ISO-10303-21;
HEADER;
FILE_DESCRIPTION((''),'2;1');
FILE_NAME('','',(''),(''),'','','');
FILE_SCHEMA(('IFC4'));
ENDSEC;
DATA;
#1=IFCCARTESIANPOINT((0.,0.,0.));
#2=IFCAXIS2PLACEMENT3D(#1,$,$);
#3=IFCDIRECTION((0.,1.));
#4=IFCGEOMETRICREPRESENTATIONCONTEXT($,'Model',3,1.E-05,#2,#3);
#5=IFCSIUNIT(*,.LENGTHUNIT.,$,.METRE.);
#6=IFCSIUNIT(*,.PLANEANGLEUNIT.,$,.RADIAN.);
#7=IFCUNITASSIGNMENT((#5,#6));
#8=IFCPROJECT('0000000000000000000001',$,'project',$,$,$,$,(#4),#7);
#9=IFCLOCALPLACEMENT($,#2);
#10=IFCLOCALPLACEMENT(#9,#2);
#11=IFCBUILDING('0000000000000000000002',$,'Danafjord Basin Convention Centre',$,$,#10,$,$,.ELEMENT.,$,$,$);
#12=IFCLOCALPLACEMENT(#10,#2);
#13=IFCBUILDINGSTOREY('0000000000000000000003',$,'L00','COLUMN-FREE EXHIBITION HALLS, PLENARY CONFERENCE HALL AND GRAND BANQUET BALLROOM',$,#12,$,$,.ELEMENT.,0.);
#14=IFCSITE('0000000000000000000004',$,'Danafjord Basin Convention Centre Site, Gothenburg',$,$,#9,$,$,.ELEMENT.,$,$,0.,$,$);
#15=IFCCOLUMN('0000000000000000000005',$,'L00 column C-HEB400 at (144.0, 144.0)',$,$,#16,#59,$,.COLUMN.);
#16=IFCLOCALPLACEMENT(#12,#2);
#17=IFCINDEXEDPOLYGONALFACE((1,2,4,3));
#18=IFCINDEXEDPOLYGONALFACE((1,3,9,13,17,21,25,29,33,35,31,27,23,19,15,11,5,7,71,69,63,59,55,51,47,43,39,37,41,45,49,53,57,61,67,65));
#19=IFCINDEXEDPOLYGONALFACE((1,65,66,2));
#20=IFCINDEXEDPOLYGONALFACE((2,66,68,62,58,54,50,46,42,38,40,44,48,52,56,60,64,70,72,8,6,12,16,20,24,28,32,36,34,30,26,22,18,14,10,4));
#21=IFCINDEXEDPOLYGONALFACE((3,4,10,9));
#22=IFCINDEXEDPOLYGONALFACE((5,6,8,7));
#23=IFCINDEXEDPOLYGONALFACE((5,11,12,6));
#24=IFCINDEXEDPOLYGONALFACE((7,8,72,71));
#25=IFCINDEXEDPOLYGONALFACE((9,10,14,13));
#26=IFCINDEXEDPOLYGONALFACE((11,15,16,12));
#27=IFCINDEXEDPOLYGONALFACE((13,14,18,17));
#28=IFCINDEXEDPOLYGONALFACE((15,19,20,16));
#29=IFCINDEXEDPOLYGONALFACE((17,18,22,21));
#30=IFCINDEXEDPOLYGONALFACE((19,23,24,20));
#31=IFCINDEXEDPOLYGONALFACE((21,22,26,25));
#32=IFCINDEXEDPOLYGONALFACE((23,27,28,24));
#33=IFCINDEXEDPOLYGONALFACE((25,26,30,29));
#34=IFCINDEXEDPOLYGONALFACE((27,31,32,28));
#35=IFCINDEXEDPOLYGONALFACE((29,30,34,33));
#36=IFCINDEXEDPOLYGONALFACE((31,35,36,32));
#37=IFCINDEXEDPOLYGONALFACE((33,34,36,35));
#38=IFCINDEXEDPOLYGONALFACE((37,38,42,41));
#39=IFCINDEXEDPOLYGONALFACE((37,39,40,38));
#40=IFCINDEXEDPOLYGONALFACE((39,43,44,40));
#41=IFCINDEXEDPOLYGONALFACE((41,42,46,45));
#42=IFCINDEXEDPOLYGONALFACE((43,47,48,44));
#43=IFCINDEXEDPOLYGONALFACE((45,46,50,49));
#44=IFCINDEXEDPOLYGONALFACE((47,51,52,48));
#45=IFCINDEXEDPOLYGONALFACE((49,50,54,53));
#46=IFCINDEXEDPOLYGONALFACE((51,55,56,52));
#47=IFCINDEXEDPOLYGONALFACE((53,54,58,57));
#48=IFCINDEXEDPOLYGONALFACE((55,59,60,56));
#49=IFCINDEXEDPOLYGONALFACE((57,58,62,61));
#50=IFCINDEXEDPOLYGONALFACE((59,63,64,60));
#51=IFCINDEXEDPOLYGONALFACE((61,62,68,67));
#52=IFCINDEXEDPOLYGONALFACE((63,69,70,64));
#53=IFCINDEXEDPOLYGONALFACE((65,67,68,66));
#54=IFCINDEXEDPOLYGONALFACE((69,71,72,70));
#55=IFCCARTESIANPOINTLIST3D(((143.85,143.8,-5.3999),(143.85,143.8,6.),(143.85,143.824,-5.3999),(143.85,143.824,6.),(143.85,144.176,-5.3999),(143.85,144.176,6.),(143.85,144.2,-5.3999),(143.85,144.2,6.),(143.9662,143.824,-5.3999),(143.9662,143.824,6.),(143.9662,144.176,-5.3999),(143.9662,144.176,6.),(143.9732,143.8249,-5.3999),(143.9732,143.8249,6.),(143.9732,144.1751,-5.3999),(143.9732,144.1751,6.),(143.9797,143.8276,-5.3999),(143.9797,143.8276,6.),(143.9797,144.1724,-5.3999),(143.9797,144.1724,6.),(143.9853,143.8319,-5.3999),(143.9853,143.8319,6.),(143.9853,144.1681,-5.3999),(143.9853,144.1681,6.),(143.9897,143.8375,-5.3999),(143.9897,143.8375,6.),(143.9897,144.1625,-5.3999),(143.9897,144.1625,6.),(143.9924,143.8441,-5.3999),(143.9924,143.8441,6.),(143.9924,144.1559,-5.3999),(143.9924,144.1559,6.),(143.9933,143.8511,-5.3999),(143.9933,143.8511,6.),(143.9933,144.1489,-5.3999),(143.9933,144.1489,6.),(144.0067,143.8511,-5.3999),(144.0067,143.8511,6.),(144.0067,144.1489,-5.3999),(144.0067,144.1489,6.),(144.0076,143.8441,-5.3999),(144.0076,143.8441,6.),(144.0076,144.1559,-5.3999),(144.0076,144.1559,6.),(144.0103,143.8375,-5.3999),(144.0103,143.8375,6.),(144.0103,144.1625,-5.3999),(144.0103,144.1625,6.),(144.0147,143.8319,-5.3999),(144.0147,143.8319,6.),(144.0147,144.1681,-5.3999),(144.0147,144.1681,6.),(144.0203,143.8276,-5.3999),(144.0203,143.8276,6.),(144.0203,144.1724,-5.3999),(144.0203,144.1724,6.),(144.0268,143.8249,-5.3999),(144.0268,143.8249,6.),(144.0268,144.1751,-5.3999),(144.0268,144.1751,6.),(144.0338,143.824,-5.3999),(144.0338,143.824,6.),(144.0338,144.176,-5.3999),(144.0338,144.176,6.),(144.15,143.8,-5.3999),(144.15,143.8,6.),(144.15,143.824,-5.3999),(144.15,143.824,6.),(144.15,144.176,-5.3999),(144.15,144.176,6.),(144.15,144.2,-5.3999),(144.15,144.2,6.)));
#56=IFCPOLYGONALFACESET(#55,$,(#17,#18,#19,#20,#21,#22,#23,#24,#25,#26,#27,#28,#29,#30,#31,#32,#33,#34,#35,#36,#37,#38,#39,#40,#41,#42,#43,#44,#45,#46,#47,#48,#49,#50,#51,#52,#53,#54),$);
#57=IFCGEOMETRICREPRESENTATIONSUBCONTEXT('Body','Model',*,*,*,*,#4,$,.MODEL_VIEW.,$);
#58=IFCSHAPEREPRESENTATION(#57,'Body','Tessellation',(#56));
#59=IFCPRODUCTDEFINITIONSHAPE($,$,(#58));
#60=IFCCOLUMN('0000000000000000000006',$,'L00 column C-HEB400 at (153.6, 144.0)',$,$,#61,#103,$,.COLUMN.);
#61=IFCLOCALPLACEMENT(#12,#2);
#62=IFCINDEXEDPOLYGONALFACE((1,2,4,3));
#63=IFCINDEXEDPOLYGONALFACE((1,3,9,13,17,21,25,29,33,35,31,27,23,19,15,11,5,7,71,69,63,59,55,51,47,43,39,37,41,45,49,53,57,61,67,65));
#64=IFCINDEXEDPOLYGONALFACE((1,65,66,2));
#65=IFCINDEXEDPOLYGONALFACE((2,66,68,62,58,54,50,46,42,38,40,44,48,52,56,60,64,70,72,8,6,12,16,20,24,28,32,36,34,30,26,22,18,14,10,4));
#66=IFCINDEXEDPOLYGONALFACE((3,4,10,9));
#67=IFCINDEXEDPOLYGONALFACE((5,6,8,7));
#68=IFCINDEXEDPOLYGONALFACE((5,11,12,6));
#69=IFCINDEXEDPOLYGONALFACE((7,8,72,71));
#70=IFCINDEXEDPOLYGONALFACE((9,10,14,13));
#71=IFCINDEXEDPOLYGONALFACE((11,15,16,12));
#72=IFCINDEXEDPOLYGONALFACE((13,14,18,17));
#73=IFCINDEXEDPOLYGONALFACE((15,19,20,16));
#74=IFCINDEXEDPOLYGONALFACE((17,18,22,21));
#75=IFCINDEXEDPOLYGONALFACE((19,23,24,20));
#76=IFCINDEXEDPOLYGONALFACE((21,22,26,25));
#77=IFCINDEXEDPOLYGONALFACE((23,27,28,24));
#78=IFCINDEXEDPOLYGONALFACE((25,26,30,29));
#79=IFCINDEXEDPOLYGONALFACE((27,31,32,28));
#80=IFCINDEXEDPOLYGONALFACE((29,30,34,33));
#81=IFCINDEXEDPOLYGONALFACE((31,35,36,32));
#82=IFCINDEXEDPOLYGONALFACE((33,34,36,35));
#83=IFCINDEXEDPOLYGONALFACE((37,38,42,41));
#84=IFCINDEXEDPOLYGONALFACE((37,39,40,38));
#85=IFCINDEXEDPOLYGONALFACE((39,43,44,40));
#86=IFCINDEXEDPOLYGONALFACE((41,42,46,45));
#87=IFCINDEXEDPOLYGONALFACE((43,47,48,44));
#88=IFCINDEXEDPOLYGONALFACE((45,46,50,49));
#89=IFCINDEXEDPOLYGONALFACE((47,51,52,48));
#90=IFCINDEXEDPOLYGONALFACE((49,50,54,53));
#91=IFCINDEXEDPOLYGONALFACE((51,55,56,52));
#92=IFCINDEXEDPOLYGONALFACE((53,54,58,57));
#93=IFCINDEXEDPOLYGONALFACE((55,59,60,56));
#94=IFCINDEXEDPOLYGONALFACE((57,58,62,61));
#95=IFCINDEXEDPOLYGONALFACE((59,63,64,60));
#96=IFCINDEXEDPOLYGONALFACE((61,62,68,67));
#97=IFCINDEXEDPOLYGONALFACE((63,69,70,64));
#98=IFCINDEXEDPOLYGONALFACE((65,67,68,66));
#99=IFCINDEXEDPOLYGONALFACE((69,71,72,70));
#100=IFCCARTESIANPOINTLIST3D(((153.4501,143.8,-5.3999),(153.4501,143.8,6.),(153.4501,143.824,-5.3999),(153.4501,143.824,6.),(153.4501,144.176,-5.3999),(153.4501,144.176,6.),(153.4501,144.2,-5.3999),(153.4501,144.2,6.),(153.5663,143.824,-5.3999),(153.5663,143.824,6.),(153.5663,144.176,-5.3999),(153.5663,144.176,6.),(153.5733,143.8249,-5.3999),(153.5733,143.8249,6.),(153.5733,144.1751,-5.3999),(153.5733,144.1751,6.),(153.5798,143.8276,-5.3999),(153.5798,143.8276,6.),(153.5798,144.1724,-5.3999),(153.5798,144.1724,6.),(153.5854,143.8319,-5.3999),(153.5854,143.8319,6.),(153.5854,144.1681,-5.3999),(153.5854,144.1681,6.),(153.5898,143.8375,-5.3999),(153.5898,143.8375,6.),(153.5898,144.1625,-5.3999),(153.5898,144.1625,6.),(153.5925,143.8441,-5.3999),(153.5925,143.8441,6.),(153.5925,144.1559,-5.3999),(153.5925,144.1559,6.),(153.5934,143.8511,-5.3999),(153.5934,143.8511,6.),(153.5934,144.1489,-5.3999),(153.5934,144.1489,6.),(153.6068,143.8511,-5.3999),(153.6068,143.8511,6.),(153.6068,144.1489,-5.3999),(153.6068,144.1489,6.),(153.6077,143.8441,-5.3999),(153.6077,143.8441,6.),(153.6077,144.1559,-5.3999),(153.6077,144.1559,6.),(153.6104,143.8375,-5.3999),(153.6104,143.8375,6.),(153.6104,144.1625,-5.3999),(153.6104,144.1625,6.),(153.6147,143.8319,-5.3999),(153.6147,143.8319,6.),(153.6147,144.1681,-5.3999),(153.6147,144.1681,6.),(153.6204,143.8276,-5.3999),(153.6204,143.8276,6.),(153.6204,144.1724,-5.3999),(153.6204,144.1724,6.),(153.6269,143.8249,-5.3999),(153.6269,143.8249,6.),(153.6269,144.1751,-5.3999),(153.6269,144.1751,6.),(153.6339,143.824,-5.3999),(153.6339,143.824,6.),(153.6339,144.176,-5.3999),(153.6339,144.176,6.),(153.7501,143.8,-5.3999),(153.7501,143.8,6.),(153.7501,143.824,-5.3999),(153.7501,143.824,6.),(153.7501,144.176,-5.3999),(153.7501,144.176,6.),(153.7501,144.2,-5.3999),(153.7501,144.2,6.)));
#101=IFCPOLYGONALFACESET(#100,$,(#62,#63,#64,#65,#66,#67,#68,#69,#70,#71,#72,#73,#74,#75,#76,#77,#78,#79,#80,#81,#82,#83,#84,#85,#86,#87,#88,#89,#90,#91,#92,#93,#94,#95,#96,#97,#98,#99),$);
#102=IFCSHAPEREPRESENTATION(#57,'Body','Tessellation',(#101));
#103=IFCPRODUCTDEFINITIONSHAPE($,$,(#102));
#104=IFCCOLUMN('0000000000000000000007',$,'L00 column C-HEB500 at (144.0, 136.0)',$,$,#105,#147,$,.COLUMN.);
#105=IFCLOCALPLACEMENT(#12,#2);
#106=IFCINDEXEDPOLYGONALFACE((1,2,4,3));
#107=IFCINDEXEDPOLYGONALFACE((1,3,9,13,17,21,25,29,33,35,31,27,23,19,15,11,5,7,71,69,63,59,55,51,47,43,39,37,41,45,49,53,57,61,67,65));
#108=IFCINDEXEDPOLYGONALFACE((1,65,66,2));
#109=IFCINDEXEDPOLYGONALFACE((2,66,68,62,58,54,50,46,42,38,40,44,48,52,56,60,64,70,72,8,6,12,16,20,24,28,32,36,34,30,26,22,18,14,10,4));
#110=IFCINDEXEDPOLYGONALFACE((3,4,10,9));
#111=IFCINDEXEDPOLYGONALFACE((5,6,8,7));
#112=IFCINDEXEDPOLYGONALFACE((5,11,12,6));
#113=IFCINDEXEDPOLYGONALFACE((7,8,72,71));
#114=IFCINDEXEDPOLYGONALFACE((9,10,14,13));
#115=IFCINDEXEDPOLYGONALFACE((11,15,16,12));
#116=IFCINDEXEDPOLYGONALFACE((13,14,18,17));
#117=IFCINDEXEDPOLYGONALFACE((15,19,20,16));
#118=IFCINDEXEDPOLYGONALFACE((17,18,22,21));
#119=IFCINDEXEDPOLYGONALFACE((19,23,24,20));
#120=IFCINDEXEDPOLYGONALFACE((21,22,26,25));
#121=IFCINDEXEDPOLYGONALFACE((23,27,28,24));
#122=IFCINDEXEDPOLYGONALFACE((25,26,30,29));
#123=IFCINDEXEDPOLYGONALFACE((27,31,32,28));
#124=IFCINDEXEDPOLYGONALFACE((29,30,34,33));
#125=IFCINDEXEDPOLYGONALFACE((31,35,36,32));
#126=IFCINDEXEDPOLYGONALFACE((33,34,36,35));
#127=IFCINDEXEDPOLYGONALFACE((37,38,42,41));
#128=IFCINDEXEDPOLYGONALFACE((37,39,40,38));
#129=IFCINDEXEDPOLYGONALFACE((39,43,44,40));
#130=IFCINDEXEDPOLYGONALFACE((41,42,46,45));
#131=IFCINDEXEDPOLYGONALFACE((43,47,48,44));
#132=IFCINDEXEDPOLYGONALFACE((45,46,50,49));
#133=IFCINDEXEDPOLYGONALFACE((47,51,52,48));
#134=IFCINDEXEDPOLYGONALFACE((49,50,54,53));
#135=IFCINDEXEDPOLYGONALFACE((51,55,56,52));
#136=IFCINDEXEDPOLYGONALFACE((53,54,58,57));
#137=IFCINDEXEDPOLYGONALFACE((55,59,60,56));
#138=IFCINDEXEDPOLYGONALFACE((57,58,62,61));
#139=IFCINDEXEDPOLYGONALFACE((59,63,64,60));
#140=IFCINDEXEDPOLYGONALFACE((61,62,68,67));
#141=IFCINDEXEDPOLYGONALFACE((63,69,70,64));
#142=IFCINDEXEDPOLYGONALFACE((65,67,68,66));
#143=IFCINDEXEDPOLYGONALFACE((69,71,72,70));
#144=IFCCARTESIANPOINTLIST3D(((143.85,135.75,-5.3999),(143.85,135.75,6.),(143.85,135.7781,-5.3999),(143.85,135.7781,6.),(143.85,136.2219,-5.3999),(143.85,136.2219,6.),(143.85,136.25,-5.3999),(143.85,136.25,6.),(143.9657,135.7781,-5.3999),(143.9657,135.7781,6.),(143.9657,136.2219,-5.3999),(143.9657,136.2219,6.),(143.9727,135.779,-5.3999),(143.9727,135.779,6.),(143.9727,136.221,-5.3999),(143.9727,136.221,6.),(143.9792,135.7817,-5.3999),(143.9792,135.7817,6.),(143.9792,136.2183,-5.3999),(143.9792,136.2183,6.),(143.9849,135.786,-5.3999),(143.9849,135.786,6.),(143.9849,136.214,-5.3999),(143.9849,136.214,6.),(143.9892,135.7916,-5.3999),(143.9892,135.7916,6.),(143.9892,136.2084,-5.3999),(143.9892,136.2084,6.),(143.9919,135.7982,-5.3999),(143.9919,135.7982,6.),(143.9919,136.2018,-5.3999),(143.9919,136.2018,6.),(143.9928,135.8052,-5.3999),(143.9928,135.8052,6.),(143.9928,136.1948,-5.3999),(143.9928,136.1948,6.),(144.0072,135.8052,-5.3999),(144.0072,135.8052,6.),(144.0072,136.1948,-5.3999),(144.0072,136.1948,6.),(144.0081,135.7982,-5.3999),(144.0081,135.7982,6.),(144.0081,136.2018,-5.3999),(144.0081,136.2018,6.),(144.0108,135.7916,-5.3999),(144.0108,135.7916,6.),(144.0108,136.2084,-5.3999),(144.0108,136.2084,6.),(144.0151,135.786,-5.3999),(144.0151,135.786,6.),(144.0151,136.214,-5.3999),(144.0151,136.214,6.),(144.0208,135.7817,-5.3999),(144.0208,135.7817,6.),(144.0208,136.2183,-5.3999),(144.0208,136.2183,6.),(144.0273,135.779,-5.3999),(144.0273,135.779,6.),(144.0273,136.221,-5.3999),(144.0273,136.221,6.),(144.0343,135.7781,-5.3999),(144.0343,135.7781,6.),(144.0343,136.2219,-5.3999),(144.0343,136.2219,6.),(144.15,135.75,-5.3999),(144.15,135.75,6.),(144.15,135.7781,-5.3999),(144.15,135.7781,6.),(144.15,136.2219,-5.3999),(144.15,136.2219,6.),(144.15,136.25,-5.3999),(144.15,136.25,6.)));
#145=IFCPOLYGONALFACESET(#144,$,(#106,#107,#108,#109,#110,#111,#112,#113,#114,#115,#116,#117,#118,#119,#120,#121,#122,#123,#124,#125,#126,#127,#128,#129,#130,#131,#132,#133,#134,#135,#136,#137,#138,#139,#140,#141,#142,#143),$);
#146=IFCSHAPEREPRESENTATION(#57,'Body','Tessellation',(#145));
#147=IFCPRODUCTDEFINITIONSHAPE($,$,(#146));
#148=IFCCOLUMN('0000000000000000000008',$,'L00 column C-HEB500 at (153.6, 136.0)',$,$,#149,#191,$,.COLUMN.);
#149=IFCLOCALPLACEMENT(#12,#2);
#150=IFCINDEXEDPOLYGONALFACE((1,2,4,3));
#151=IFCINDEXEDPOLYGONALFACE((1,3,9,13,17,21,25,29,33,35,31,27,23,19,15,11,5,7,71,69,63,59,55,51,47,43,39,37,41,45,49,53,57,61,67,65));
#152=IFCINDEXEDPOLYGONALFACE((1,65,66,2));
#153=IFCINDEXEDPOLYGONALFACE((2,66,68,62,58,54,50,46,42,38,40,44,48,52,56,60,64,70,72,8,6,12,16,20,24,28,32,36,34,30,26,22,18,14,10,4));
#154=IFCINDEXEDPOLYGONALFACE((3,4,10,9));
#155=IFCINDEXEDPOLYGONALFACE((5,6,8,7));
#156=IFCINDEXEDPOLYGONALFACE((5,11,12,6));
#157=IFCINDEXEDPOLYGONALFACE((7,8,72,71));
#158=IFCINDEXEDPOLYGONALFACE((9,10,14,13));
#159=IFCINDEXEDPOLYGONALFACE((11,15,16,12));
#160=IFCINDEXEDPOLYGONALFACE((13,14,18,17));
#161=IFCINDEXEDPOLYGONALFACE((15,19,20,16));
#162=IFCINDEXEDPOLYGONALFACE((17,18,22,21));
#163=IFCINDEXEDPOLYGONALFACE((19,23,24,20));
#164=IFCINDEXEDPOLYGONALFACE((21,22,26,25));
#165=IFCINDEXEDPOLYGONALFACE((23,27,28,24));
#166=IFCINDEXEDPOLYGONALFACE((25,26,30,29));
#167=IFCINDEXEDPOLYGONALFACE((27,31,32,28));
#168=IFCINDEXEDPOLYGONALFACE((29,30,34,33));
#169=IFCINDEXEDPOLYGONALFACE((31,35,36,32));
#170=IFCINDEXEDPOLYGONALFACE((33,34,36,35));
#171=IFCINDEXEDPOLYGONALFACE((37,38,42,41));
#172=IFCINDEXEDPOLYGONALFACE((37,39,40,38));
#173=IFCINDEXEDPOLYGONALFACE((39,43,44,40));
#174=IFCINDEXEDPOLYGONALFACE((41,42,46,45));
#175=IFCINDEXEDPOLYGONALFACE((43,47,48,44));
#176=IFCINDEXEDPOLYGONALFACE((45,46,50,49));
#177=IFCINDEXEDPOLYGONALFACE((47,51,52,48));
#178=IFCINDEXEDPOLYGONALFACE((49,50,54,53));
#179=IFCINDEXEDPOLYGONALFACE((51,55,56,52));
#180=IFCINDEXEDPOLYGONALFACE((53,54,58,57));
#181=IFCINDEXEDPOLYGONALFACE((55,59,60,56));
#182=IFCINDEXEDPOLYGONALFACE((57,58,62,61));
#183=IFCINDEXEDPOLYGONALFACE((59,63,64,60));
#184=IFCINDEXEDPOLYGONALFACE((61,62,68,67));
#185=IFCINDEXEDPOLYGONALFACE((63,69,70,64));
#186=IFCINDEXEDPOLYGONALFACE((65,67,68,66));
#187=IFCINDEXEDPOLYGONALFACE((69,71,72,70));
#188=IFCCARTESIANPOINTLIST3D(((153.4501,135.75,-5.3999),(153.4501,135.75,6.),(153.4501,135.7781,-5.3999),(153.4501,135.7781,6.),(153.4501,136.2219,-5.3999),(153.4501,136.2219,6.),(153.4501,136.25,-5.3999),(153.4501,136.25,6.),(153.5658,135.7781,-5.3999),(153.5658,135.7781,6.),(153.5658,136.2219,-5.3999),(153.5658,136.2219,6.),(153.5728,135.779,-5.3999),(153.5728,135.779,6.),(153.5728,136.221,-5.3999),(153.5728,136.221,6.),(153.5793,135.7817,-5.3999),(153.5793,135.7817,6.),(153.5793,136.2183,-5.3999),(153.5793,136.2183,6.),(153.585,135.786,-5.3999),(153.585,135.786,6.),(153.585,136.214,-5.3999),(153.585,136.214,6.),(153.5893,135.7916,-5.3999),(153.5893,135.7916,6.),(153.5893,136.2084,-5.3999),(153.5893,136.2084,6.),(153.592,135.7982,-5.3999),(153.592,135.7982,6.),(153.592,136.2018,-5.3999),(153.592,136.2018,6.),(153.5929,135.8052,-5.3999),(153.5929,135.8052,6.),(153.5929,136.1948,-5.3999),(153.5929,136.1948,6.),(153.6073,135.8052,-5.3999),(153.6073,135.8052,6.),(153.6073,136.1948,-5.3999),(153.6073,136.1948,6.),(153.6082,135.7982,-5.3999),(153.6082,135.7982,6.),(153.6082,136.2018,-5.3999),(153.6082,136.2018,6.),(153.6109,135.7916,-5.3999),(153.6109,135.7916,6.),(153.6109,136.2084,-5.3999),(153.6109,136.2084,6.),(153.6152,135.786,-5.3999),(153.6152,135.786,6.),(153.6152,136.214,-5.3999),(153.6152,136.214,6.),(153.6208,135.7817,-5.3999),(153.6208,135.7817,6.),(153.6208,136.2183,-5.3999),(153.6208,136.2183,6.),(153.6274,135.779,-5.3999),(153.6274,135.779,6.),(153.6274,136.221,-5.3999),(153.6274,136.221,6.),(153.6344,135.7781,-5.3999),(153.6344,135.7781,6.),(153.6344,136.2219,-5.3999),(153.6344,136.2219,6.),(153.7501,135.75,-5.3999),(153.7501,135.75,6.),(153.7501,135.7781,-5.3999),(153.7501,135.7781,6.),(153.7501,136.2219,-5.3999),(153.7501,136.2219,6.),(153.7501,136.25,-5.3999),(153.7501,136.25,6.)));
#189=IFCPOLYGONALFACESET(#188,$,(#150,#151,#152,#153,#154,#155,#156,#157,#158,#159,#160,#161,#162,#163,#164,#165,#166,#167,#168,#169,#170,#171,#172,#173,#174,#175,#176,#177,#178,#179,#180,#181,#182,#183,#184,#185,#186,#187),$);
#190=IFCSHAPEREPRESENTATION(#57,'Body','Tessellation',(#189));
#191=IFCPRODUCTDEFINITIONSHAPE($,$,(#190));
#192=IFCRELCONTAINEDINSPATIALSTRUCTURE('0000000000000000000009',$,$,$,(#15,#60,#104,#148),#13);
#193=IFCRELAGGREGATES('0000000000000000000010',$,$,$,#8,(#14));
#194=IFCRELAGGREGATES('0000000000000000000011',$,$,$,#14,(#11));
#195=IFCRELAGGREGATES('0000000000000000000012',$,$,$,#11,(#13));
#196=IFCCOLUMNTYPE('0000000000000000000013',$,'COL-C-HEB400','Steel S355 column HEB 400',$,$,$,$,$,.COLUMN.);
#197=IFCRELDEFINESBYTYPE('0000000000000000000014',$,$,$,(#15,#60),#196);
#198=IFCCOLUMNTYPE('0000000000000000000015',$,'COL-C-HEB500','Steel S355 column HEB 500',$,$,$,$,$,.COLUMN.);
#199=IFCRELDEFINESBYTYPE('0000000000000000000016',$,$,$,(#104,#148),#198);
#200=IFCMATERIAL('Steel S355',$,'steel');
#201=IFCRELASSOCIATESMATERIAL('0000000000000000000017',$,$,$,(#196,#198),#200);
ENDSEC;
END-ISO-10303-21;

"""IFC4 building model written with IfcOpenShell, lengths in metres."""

from ifc_helpers import new_model, si_unit, direction, frame, origin, origin_2d, place, context, subcontext, project, spatial, i_section, extrude, material, material_profile, profile_set, type_object, element, save


model = new_model("IFC4")

# Units and contexts
model_context = context("Model", 3, precision=1e-05, world=origin(), true_north=direction((0.0, 1.0)))
body_context = subcontext(model_context, "Body", "Model", "MODEL_VIEW")
ifc_project = project(units=[si_unit("LENGTHUNIT", "METRE"), si_unit("PLANEANGLEUNIT", "RADIAN")], contexts=[model_context])

# Site, building, storey
site_placement = place(None, origin())
site = spatial("IfcSite", under=ifc_project, at=site_placement, Name="Danafjord Basin Convention Centre Site, Gothenburg", CompositionType="ELEMENT", RefElevation=0.0)
building_placement = place(site_placement, origin())
building = spatial("IfcBuilding", under=site, at=building_placement, Name="Danafjord Basin Convention Centre", CompositionType="ELEMENT")
storey_placement = place(building_placement, origin())
storey = spatial("IfcBuildingStorey", under=building, at=storey_placement, Name="L00", Description="COLUMN-FREE EXHIBITION HALLS, PLENARY CONFERENCE HALL AND GRAND BANQUET BALLROOM", CompositionType="ELEMENT", Elevation=0.0)

# Columns
ifc_material_1 = material(Name="Steel S355", Category="steel")
ifc_material_profile_1 = material_profile(ifc_material_1, i_section(OverallWidth=0.3, OverallDepth=0.3999, WebThickness=0.0134, FlangeThickness=0.0239, FilletRadius=0.0271, at=origin_2d()), Name="HEB 400")
ifc_profile_set_1 = profile_set([ifc_material_profile_1], Name="Steel S355")
column_type_1 = type_object("IfcColumnType", Name="COL-C-HEB400", Description="Steel S355 column HEB 400", PredefinedType="COLUMN", material=ifc_profile_set_1)
for number, where, z_axis, x_axis, name in (
    (1, (144.0, 144.0, -5.3999), (0.0, 0.0, 1.0), (1.0, 0.0, 0.0), "L00 column C-HEB400 at (144.0, 144.0)"),
    (2, (153.6001, 144.0, -5.3999), (0.0, 0.0, 1.0), (1.0, 0.0, 0.0), "L00 column C-HEB400 at (153.6, 144.0)"),
):
    element("IfcColumn", number, at=place(storey_placement, frame(where, z_axis=z_axis, x_axis=x_axis)), inside=storey, type_object=column_type_1, Name=name, PredefinedType="COLUMN", context=body_context, shape_type="SweptSolid", body=[
        extrude(i_section(OverallWidth=0.3, OverallDepth=0.3999, WebThickness=0.0134, FlangeThickness=0.0239, FilletRadius=0.0271, at=origin_2d()), origin(), (0.0, 0.0, 1.0), 11.3999),
    ])
ifc_material_profile_2 = material_profile(ifc_material_1, i_section(OverallWidth=0.3, OverallDepth=0.5, WebThickness=0.0144, FlangeThickness=0.0281, FilletRadius=0.0271, at=origin_2d()), Name="HEB 500")
ifc_profile_set_2 = profile_set([ifc_material_profile_2], Name="Steel S355")
column_type_2 = type_object("IfcColumnType", Name="COL-C-HEB500", Description="Steel S355 column HEB 500", PredefinedType="COLUMN", material=ifc_profile_set_2)
for number, where, z_axis, x_axis, name in (
    (3, (144.0, 136.0, -5.3999), (0.0, 0.0, 1.0), (1.0, 0.0, 0.0), "L00 column C-HEB500 at (144.0, 136.0)"),
    (4, (153.6001, 136.0, -5.3999), (0.0, 0.0, 1.0), (1.0, 0.0, 0.0), "L00 column C-HEB500 at (153.6, 136.0)"),
):
    element("IfcColumn", number, at=place(storey_placement, frame(where, z_axis=z_axis, x_axis=x_axis)), inside=storey, type_object=column_type_2, Name=name, PredefinedType="COLUMN", context=body_context, shape_type="SweptSolid", body=[
        extrude(i_section(OverallWidth=0.3, OverallDepth=0.5, WebThickness=0.0144, FlangeThickness=0.0281, FilletRadius=0.0271, at=origin_2d()), origin(), (0.0, 0.0, 1.0), 11.3999),
    ])

save(model, "model.ifc")
